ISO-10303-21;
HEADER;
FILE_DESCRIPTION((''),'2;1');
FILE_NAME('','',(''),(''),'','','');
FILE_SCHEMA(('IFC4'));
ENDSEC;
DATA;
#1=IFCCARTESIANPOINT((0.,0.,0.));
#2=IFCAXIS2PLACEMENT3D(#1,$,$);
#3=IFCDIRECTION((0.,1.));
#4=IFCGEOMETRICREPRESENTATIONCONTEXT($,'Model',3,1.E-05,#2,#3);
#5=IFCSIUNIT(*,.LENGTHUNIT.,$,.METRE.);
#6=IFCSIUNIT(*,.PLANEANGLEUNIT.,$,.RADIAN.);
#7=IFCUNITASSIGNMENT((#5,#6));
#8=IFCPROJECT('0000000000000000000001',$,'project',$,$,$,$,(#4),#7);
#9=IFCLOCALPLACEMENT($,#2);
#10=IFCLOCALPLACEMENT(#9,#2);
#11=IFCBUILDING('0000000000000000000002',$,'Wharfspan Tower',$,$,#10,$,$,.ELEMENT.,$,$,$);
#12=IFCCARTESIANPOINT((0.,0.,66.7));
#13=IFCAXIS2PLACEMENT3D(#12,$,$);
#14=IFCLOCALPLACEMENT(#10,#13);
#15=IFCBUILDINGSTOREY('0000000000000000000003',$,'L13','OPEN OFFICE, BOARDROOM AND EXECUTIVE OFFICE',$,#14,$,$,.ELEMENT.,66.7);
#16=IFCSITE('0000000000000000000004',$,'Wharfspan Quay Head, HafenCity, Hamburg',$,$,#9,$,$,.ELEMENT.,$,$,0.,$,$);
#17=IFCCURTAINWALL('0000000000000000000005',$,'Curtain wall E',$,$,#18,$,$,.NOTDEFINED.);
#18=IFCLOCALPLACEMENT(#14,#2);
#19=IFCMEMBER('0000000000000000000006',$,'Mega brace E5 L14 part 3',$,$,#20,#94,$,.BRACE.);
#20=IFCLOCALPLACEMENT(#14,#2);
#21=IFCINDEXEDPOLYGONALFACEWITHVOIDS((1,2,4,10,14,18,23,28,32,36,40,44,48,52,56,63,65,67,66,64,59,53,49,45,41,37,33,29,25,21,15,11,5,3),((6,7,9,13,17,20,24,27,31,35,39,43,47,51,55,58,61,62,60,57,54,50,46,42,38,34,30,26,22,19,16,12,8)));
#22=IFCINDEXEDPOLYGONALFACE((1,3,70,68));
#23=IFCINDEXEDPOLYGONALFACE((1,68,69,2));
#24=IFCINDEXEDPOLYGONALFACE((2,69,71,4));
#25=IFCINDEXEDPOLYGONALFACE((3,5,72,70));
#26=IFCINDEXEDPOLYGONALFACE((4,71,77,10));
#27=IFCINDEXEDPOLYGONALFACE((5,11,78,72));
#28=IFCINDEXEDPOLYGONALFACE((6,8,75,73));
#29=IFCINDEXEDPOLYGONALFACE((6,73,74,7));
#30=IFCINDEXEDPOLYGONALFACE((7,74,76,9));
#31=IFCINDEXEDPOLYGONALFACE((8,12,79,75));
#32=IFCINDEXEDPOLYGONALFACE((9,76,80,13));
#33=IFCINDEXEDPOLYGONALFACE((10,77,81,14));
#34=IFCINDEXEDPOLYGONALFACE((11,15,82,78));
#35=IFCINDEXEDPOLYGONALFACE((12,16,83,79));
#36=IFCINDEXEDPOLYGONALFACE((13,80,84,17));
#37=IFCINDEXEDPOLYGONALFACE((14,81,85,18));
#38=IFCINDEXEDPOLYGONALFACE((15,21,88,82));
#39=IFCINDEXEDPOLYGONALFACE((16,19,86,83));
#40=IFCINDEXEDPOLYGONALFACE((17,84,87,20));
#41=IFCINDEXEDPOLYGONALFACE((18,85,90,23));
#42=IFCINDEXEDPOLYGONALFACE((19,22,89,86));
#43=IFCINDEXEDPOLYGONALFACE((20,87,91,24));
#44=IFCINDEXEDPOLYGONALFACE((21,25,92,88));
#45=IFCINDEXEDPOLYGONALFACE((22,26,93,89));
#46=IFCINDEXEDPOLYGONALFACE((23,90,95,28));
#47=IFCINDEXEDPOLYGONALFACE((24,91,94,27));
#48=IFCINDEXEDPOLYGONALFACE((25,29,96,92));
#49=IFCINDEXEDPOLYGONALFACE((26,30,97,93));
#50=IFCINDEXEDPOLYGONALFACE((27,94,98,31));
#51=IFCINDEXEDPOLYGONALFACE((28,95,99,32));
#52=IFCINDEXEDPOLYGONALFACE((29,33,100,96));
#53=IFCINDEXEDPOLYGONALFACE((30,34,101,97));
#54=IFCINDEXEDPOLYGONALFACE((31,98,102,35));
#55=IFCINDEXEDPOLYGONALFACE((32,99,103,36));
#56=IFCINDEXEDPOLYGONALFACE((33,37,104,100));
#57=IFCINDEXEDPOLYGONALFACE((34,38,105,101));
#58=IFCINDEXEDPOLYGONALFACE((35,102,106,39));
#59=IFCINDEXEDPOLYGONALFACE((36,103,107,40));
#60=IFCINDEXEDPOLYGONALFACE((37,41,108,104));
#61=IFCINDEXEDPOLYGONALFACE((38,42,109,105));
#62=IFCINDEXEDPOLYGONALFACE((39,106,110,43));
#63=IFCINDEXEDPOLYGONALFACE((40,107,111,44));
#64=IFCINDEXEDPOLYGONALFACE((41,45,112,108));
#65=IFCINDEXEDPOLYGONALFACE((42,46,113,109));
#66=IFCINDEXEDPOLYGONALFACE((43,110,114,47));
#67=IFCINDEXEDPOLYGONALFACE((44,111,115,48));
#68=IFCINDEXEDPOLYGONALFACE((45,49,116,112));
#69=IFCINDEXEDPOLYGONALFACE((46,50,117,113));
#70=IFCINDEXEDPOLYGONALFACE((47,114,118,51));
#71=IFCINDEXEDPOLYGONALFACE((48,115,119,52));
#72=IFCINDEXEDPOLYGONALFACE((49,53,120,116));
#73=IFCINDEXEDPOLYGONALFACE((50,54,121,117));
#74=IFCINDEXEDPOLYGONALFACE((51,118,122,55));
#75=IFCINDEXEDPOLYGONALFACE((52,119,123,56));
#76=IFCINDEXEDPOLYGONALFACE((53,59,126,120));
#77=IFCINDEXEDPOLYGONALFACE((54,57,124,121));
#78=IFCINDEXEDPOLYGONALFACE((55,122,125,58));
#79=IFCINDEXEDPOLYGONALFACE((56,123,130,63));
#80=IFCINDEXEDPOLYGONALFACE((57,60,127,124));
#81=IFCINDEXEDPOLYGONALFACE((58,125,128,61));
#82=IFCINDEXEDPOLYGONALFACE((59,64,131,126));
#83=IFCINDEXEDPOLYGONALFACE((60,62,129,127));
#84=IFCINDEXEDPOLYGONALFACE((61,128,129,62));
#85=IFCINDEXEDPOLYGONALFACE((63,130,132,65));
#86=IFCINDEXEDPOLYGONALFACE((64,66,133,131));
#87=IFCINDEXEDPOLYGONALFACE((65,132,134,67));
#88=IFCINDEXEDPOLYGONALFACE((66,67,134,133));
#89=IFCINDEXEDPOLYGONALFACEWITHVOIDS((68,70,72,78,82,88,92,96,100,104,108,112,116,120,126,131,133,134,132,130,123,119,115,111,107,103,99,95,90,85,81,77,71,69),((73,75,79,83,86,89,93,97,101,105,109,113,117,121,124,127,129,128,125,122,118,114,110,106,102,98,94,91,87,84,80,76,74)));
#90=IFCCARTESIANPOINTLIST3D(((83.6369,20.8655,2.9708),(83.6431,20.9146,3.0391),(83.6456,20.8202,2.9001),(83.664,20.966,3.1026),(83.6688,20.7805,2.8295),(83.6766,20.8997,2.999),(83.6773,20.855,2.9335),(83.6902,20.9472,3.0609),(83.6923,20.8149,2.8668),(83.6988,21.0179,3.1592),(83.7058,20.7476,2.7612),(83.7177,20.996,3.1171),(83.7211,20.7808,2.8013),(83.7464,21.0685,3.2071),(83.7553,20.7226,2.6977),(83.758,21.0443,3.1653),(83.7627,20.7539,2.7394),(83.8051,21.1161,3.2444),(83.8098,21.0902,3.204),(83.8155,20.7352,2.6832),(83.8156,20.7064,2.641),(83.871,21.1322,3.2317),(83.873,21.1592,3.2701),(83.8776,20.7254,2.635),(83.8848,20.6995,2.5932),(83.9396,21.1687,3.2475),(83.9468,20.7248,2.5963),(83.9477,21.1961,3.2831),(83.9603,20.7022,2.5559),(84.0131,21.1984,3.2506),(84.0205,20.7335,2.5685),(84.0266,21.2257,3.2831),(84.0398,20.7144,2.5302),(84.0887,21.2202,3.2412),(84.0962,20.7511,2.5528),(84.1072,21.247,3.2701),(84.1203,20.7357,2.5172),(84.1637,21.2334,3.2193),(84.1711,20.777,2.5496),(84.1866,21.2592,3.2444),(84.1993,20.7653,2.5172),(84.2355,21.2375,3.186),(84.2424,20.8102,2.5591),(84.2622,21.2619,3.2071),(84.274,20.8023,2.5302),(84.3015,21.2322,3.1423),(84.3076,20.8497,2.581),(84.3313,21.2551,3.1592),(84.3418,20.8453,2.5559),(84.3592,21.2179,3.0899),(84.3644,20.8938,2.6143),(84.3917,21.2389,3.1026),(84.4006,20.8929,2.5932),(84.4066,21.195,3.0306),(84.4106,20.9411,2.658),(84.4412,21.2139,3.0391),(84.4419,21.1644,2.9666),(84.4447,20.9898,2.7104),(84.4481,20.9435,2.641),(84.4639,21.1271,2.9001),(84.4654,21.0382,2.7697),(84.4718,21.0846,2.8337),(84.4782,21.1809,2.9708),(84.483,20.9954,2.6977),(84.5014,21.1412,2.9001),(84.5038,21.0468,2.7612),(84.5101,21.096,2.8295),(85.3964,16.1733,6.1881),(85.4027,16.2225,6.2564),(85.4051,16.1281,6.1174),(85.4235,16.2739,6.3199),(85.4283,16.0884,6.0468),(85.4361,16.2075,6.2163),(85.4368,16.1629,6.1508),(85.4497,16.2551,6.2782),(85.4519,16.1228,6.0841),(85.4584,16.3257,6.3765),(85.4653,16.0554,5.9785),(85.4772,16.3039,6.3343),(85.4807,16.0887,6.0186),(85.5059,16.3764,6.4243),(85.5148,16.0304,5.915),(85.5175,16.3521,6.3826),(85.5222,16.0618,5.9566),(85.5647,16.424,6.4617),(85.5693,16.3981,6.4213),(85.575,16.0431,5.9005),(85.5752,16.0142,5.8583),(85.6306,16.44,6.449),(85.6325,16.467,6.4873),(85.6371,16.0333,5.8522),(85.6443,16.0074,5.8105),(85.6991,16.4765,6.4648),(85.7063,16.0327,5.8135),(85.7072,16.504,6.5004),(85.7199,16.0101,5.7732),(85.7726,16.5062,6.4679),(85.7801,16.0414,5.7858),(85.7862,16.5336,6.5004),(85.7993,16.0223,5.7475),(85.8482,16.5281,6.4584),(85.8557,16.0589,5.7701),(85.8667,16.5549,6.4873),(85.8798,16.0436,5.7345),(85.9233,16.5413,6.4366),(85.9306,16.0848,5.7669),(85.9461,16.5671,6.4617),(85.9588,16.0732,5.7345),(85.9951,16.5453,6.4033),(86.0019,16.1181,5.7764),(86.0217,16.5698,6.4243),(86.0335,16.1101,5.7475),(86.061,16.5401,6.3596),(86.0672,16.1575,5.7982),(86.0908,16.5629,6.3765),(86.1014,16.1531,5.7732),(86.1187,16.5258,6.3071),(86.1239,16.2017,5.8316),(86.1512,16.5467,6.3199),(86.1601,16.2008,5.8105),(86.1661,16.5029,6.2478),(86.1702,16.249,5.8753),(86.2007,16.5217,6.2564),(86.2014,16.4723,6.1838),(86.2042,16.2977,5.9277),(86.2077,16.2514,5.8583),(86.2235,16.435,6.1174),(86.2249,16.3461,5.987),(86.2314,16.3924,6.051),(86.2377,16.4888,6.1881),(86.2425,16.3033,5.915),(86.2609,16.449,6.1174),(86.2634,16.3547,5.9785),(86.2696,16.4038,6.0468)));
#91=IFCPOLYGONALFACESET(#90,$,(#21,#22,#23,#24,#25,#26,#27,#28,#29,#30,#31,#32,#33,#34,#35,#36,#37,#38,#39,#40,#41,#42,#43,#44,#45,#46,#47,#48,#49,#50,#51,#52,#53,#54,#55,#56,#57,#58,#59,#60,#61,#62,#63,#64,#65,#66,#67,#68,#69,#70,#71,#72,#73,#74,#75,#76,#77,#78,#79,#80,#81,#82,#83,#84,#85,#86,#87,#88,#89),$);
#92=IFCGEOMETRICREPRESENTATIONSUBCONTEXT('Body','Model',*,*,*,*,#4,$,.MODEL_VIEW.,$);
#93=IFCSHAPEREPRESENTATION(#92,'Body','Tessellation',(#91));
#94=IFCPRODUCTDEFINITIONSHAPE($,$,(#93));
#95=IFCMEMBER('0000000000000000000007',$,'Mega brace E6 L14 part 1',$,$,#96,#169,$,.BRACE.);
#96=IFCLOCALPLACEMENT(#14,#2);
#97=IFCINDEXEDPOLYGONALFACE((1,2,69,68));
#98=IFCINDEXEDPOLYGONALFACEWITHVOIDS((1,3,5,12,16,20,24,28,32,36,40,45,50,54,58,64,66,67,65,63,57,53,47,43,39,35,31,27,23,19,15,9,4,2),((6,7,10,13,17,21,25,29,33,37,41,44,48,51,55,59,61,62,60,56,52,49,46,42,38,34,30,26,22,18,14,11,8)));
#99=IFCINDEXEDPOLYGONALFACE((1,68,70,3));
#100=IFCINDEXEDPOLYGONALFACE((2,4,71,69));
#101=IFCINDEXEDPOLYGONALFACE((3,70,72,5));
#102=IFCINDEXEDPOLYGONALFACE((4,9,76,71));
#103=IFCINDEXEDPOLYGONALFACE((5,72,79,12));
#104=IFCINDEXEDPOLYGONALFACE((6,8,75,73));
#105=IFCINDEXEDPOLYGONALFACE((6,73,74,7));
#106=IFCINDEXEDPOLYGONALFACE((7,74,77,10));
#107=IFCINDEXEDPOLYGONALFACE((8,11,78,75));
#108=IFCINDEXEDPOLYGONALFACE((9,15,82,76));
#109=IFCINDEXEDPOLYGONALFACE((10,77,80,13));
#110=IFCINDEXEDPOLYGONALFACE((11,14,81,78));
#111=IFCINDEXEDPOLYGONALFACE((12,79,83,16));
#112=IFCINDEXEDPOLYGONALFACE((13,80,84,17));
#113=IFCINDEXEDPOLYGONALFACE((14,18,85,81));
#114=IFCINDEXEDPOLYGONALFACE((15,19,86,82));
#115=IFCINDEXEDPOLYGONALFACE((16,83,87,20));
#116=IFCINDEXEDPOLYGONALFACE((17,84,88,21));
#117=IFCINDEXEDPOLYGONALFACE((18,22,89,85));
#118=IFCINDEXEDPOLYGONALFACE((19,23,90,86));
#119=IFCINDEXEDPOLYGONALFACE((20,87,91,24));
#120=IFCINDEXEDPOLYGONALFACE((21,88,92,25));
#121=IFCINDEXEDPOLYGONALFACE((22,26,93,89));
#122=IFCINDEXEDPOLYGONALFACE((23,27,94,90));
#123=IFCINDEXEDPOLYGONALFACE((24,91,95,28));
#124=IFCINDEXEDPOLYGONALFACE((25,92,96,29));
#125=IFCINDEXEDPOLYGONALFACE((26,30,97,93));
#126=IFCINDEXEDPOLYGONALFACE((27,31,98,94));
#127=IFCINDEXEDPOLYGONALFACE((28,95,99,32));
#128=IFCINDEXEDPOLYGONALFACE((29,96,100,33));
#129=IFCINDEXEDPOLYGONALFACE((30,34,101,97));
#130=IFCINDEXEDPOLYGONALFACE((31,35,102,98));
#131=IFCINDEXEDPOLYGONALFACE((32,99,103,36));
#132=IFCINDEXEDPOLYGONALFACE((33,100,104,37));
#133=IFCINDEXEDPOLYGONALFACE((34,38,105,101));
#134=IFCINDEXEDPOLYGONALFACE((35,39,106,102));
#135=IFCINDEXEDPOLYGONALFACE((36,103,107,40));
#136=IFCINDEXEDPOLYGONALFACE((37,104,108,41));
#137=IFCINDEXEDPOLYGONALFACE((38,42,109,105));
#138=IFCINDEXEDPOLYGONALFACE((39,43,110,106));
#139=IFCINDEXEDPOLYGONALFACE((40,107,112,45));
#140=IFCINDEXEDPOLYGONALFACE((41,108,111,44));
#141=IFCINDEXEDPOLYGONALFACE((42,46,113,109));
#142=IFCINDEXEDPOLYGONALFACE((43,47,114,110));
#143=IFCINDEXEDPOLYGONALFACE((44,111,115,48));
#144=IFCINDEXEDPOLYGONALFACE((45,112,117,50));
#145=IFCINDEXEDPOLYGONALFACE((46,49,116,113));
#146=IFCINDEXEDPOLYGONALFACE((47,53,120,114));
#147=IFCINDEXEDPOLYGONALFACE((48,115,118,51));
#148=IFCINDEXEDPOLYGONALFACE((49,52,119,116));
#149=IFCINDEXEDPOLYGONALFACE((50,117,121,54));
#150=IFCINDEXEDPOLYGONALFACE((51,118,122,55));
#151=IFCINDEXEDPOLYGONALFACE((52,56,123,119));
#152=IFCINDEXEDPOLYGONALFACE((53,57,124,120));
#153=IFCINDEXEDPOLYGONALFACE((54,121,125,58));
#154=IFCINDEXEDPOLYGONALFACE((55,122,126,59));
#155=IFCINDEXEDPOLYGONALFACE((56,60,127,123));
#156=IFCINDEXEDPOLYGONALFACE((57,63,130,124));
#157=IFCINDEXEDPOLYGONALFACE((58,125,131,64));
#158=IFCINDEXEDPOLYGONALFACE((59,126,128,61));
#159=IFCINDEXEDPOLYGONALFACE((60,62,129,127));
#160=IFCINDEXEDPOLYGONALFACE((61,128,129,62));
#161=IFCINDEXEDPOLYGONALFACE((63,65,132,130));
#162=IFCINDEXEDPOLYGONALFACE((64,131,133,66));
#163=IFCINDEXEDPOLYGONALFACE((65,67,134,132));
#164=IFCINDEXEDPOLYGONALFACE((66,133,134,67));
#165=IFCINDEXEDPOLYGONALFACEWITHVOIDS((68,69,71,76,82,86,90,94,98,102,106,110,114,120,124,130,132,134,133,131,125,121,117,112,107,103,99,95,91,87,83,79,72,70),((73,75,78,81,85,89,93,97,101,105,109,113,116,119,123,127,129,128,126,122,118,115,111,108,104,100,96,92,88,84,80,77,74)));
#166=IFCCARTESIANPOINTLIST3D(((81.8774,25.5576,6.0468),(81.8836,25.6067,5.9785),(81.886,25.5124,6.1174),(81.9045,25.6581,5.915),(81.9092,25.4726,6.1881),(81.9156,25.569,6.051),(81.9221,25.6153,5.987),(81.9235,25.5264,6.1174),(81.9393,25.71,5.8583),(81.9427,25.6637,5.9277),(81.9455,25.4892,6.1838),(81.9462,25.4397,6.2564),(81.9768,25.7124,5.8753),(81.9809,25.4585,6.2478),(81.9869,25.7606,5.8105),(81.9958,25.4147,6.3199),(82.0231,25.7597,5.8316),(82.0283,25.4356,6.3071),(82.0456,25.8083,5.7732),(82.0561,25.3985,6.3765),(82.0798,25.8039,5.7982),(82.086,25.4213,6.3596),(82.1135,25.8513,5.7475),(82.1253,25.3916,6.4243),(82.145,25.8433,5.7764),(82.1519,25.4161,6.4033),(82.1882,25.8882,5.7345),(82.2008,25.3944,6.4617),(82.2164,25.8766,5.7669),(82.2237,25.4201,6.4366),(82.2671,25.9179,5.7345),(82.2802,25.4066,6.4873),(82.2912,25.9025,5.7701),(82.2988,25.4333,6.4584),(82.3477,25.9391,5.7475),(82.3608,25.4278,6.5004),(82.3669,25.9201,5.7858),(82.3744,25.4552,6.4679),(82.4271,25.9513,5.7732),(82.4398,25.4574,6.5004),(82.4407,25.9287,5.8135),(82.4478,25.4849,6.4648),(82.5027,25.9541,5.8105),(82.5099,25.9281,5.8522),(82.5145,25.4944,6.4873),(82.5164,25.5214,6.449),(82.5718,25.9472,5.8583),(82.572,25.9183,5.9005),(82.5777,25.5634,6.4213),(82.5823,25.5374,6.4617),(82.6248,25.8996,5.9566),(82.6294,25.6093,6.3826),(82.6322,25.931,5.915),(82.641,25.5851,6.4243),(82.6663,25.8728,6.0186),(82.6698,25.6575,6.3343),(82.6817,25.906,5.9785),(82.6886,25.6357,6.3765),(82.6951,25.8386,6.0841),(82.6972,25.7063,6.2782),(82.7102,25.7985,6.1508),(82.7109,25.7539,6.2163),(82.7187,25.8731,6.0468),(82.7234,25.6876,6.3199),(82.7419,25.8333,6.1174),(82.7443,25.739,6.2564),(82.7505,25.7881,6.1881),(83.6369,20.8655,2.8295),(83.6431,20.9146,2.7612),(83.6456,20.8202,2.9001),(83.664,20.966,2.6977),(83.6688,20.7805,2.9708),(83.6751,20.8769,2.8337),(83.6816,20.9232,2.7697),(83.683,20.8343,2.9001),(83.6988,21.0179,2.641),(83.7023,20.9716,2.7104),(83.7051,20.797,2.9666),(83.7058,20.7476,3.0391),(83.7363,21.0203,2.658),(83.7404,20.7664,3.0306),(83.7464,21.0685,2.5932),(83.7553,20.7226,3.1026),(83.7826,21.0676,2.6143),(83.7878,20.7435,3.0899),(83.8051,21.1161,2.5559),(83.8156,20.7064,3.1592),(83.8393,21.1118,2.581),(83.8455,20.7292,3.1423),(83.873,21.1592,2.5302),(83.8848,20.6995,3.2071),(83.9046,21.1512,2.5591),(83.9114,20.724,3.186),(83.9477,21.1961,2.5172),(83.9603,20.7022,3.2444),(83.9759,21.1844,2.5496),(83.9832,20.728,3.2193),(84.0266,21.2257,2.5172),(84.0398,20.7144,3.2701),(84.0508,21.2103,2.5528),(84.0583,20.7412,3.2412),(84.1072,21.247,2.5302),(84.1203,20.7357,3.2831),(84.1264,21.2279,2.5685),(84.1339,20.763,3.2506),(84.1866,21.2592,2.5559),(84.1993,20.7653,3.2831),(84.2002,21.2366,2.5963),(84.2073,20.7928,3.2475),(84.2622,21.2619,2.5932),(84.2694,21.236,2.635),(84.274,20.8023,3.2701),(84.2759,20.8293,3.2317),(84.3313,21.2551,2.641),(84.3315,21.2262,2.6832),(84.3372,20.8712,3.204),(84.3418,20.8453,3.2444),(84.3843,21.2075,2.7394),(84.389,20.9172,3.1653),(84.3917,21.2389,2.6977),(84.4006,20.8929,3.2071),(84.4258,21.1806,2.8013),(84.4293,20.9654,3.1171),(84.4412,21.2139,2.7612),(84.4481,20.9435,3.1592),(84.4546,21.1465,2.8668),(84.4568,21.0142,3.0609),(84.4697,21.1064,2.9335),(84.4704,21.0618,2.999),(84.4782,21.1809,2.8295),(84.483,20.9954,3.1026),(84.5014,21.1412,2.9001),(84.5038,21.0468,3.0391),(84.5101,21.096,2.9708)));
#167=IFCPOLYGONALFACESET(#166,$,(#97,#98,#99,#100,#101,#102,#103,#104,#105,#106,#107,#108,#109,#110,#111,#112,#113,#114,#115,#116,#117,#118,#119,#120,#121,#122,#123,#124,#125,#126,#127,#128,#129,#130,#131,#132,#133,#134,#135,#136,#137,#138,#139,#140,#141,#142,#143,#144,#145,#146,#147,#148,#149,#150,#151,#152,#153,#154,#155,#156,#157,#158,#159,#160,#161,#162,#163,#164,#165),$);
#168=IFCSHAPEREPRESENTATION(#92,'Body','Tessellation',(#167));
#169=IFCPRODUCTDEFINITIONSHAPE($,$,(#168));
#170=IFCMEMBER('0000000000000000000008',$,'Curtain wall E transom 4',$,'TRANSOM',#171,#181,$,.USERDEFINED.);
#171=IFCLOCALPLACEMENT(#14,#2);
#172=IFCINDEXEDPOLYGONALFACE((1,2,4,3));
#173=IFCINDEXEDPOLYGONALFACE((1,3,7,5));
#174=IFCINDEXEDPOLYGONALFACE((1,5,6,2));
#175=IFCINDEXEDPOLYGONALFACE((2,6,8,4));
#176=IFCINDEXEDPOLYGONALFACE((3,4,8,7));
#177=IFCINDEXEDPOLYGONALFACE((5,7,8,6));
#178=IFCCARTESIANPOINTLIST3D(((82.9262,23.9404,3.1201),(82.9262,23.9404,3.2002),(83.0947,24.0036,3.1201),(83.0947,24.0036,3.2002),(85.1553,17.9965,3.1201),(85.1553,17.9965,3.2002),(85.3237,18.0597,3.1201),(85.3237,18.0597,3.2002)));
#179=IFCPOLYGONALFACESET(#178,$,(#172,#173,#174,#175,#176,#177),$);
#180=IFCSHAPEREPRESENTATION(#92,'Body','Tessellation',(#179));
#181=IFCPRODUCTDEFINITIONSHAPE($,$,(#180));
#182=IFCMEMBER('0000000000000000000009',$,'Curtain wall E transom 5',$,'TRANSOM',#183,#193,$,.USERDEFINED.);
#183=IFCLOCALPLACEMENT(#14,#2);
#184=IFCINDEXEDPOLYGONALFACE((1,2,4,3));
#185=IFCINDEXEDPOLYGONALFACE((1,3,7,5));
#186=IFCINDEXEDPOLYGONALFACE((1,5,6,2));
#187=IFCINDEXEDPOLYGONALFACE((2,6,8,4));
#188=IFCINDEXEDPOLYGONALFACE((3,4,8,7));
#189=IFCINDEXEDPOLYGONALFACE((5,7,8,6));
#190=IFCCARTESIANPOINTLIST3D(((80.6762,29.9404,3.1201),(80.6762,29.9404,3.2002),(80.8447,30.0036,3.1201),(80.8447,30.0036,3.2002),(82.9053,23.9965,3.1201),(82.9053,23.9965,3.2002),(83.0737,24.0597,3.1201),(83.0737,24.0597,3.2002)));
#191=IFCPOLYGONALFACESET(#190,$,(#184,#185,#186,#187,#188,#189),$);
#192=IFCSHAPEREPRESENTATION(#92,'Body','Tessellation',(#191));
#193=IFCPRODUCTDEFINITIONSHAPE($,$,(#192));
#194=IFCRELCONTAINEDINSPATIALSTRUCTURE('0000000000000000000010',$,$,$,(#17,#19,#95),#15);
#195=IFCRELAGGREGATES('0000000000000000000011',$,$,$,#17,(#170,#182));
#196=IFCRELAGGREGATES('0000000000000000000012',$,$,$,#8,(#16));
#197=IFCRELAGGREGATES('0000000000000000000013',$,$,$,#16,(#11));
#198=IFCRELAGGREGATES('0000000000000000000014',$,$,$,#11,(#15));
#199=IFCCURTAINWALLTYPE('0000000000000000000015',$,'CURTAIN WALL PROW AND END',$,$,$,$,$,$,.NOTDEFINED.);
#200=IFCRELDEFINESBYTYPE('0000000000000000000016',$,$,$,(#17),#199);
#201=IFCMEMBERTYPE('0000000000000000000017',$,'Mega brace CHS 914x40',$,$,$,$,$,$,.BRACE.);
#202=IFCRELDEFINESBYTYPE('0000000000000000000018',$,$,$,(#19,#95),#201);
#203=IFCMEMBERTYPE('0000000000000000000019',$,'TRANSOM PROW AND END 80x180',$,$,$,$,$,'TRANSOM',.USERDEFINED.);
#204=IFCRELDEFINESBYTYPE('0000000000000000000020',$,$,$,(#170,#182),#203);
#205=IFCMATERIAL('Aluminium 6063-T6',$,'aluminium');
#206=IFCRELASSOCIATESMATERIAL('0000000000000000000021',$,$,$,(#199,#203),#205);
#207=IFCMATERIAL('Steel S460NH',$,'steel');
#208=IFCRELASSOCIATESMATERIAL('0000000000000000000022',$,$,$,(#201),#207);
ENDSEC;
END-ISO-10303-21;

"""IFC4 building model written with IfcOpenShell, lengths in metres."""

from ifc_helpers import new_model, si_unit, direction, frame, origin, origin_2d, place, context, subcontext, project, spatial, rectangle, hollow_circle, extrude, material, material_profile, profile_set, type_object, element, aggregate, save


model = new_model("IFC4")

# Units and contexts
model_context = context("Model", 3, precision=1e-05, world=origin(), true_north=direction((0.0, 1.0)))
body_context = subcontext(model_context, "Body", "Model", "MODEL_VIEW")
ifc_project = project(units=[si_unit("LENGTHUNIT", "METRE"), si_unit("PLANEANGLEUNIT", "RADIAN")], contexts=[model_context])

# Site, building, storey
site_placement = place(None, origin())
site = spatial("IfcSite", under=ifc_project, at=site_placement, Name="Wharfspan Quay Head, HafenCity, Hamburg", CompositionType="ELEMENT", RefElevation=0.0)
building_placement = place(site_placement, origin())
building = spatial("IfcBuilding", under=site, at=building_placement, Name="Wharfspan Tower", CompositionType="ELEMENT")
storey_placement = place(building_placement, frame((0.0, 0.0, 66.7)))
storey = spatial("IfcBuildingStorey", under=building, at=storey_placement, Name="L13", Description="OPEN OFFICE, BOARDROOM AND EXECUTIVE OFFICE", CompositionType="ELEMENT", Elevation=66.7)

# Curtain wall
ifc_material_1 = material(Name="Aluminium 6063-T6", Category="aluminium")
curtain_wall_type = type_object("IfcCurtainWallType", Name="CURTAIN WALL PROW AND END", PredefinedType="NOTDEFINED", material=ifc_material_1)
curtain_wall_placement = place(storey_placement, origin())
curtain_wall = element("IfcCurtainWall", 1, at=curtain_wall_placement, inside=storey, type_object=curtain_wall_type, Name="Curtain wall E", PredefinedType="NOTDEFINED")

# Members
ifc_material_2 = material(Name="Steel S460NH", Category="steel")
ifc_material_profile_1 = material_profile(ifc_material_2, hollow_circle(Radius=0.457, WallThickness=0.04, at=origin_2d()))
ifc_profile_set_1 = profile_set([ifc_material_profile_1], Name="Steel S460NH")
member_type_1 = type_object("IfcMemberType", Name="Mega brace CHS 914x40", PredefinedType="BRACE", material=ifc_profile_set_1)
for number, where, z_axis, x_axis, name in (
    (2, (84.0735, 20.9807, 2.9001), (0.295466, -0.787922, 0.540259), (0.936329, 0.351115, -0.000004), "Mega brace E5 L14 part 3"),
    (3, (84.0735, 20.9807, 2.9001), (-0.295466, 0.787922, 0.540259), (-0.936329, -0.351115, -0.000004), "Mega brace E6 L14 part 1"),
):
    element("IfcMember", number, at=place(storey_placement, frame(where, z_axis=z_axis, x_axis=x_axis)), inside=storey, type_object=member_type_1, Name=name, PredefinedType="BRACE", context=body_context, shape_type="SweptSolid", body=[
        extrude(hollow_circle(Radius=0.457, WallThickness=0.04, at=origin_2d()), origin(), (0.0, 0.0, 1.0), 5.9551),
    ])

# Members
ifc_material_profile_2 = material_profile(ifc_material_1, rectangle(XDim=0.1799, YDim=0.0801, at=origin_2d()))
ifc_profile_set_2 = profile_set([ifc_material_profile_2], Name="Aluminium 6063-T6")
member_type_2 = type_object("IfcMemberType", Name="TRANSOM PROW AND END 80x180", ElementType="TRANSOM", PredefinedType="USERDEFINED", material=ifc_profile_set_2)
member_1_placement = place(storey_placement, frame((85.2395, 18.0281, 3.1602), z_axis=(-0.351132, 0.936326, 0.0), x_axis=(-0.936326, -0.351132, 0.0)))
member_1 = element("IfcMember", 4, at=member_1_placement, type_object=member_type_2, Name="Curtain wall E transom 4", ObjectType="TRANSOM", PredefinedType="USERDEFINED", context=body_context, shape_type="SweptSolid", body=[
    extrude(rectangle(XDim=0.1799, YDim=0.0801, at=origin_2d()), origin(), (0.0, 0.0, 1.0), 6.3481),
])
member_2_placement = place(storey_placement, frame((82.9895, 24.0281, 3.1602), z_axis=(-0.351132, 0.936326, 0.0), x_axis=(-0.936326, -0.351132, 0.0)))
member_2 = element("IfcMember", 5, at=member_2_placement, type_object=member_type_2, Name="Curtain wall E transom 5", ObjectType="TRANSOM", PredefinedType="USERDEFINED", context=body_context, shape_type="SweptSolid", body=[
    extrude(rectangle(XDim=0.1799, YDim=0.0801, at=origin_2d()), origin(), (0.0, 0.0, 1.0), 6.3481),
])

aggregate(curtain_wall, [member_1, member_2])

save(model, "model.ifc")
